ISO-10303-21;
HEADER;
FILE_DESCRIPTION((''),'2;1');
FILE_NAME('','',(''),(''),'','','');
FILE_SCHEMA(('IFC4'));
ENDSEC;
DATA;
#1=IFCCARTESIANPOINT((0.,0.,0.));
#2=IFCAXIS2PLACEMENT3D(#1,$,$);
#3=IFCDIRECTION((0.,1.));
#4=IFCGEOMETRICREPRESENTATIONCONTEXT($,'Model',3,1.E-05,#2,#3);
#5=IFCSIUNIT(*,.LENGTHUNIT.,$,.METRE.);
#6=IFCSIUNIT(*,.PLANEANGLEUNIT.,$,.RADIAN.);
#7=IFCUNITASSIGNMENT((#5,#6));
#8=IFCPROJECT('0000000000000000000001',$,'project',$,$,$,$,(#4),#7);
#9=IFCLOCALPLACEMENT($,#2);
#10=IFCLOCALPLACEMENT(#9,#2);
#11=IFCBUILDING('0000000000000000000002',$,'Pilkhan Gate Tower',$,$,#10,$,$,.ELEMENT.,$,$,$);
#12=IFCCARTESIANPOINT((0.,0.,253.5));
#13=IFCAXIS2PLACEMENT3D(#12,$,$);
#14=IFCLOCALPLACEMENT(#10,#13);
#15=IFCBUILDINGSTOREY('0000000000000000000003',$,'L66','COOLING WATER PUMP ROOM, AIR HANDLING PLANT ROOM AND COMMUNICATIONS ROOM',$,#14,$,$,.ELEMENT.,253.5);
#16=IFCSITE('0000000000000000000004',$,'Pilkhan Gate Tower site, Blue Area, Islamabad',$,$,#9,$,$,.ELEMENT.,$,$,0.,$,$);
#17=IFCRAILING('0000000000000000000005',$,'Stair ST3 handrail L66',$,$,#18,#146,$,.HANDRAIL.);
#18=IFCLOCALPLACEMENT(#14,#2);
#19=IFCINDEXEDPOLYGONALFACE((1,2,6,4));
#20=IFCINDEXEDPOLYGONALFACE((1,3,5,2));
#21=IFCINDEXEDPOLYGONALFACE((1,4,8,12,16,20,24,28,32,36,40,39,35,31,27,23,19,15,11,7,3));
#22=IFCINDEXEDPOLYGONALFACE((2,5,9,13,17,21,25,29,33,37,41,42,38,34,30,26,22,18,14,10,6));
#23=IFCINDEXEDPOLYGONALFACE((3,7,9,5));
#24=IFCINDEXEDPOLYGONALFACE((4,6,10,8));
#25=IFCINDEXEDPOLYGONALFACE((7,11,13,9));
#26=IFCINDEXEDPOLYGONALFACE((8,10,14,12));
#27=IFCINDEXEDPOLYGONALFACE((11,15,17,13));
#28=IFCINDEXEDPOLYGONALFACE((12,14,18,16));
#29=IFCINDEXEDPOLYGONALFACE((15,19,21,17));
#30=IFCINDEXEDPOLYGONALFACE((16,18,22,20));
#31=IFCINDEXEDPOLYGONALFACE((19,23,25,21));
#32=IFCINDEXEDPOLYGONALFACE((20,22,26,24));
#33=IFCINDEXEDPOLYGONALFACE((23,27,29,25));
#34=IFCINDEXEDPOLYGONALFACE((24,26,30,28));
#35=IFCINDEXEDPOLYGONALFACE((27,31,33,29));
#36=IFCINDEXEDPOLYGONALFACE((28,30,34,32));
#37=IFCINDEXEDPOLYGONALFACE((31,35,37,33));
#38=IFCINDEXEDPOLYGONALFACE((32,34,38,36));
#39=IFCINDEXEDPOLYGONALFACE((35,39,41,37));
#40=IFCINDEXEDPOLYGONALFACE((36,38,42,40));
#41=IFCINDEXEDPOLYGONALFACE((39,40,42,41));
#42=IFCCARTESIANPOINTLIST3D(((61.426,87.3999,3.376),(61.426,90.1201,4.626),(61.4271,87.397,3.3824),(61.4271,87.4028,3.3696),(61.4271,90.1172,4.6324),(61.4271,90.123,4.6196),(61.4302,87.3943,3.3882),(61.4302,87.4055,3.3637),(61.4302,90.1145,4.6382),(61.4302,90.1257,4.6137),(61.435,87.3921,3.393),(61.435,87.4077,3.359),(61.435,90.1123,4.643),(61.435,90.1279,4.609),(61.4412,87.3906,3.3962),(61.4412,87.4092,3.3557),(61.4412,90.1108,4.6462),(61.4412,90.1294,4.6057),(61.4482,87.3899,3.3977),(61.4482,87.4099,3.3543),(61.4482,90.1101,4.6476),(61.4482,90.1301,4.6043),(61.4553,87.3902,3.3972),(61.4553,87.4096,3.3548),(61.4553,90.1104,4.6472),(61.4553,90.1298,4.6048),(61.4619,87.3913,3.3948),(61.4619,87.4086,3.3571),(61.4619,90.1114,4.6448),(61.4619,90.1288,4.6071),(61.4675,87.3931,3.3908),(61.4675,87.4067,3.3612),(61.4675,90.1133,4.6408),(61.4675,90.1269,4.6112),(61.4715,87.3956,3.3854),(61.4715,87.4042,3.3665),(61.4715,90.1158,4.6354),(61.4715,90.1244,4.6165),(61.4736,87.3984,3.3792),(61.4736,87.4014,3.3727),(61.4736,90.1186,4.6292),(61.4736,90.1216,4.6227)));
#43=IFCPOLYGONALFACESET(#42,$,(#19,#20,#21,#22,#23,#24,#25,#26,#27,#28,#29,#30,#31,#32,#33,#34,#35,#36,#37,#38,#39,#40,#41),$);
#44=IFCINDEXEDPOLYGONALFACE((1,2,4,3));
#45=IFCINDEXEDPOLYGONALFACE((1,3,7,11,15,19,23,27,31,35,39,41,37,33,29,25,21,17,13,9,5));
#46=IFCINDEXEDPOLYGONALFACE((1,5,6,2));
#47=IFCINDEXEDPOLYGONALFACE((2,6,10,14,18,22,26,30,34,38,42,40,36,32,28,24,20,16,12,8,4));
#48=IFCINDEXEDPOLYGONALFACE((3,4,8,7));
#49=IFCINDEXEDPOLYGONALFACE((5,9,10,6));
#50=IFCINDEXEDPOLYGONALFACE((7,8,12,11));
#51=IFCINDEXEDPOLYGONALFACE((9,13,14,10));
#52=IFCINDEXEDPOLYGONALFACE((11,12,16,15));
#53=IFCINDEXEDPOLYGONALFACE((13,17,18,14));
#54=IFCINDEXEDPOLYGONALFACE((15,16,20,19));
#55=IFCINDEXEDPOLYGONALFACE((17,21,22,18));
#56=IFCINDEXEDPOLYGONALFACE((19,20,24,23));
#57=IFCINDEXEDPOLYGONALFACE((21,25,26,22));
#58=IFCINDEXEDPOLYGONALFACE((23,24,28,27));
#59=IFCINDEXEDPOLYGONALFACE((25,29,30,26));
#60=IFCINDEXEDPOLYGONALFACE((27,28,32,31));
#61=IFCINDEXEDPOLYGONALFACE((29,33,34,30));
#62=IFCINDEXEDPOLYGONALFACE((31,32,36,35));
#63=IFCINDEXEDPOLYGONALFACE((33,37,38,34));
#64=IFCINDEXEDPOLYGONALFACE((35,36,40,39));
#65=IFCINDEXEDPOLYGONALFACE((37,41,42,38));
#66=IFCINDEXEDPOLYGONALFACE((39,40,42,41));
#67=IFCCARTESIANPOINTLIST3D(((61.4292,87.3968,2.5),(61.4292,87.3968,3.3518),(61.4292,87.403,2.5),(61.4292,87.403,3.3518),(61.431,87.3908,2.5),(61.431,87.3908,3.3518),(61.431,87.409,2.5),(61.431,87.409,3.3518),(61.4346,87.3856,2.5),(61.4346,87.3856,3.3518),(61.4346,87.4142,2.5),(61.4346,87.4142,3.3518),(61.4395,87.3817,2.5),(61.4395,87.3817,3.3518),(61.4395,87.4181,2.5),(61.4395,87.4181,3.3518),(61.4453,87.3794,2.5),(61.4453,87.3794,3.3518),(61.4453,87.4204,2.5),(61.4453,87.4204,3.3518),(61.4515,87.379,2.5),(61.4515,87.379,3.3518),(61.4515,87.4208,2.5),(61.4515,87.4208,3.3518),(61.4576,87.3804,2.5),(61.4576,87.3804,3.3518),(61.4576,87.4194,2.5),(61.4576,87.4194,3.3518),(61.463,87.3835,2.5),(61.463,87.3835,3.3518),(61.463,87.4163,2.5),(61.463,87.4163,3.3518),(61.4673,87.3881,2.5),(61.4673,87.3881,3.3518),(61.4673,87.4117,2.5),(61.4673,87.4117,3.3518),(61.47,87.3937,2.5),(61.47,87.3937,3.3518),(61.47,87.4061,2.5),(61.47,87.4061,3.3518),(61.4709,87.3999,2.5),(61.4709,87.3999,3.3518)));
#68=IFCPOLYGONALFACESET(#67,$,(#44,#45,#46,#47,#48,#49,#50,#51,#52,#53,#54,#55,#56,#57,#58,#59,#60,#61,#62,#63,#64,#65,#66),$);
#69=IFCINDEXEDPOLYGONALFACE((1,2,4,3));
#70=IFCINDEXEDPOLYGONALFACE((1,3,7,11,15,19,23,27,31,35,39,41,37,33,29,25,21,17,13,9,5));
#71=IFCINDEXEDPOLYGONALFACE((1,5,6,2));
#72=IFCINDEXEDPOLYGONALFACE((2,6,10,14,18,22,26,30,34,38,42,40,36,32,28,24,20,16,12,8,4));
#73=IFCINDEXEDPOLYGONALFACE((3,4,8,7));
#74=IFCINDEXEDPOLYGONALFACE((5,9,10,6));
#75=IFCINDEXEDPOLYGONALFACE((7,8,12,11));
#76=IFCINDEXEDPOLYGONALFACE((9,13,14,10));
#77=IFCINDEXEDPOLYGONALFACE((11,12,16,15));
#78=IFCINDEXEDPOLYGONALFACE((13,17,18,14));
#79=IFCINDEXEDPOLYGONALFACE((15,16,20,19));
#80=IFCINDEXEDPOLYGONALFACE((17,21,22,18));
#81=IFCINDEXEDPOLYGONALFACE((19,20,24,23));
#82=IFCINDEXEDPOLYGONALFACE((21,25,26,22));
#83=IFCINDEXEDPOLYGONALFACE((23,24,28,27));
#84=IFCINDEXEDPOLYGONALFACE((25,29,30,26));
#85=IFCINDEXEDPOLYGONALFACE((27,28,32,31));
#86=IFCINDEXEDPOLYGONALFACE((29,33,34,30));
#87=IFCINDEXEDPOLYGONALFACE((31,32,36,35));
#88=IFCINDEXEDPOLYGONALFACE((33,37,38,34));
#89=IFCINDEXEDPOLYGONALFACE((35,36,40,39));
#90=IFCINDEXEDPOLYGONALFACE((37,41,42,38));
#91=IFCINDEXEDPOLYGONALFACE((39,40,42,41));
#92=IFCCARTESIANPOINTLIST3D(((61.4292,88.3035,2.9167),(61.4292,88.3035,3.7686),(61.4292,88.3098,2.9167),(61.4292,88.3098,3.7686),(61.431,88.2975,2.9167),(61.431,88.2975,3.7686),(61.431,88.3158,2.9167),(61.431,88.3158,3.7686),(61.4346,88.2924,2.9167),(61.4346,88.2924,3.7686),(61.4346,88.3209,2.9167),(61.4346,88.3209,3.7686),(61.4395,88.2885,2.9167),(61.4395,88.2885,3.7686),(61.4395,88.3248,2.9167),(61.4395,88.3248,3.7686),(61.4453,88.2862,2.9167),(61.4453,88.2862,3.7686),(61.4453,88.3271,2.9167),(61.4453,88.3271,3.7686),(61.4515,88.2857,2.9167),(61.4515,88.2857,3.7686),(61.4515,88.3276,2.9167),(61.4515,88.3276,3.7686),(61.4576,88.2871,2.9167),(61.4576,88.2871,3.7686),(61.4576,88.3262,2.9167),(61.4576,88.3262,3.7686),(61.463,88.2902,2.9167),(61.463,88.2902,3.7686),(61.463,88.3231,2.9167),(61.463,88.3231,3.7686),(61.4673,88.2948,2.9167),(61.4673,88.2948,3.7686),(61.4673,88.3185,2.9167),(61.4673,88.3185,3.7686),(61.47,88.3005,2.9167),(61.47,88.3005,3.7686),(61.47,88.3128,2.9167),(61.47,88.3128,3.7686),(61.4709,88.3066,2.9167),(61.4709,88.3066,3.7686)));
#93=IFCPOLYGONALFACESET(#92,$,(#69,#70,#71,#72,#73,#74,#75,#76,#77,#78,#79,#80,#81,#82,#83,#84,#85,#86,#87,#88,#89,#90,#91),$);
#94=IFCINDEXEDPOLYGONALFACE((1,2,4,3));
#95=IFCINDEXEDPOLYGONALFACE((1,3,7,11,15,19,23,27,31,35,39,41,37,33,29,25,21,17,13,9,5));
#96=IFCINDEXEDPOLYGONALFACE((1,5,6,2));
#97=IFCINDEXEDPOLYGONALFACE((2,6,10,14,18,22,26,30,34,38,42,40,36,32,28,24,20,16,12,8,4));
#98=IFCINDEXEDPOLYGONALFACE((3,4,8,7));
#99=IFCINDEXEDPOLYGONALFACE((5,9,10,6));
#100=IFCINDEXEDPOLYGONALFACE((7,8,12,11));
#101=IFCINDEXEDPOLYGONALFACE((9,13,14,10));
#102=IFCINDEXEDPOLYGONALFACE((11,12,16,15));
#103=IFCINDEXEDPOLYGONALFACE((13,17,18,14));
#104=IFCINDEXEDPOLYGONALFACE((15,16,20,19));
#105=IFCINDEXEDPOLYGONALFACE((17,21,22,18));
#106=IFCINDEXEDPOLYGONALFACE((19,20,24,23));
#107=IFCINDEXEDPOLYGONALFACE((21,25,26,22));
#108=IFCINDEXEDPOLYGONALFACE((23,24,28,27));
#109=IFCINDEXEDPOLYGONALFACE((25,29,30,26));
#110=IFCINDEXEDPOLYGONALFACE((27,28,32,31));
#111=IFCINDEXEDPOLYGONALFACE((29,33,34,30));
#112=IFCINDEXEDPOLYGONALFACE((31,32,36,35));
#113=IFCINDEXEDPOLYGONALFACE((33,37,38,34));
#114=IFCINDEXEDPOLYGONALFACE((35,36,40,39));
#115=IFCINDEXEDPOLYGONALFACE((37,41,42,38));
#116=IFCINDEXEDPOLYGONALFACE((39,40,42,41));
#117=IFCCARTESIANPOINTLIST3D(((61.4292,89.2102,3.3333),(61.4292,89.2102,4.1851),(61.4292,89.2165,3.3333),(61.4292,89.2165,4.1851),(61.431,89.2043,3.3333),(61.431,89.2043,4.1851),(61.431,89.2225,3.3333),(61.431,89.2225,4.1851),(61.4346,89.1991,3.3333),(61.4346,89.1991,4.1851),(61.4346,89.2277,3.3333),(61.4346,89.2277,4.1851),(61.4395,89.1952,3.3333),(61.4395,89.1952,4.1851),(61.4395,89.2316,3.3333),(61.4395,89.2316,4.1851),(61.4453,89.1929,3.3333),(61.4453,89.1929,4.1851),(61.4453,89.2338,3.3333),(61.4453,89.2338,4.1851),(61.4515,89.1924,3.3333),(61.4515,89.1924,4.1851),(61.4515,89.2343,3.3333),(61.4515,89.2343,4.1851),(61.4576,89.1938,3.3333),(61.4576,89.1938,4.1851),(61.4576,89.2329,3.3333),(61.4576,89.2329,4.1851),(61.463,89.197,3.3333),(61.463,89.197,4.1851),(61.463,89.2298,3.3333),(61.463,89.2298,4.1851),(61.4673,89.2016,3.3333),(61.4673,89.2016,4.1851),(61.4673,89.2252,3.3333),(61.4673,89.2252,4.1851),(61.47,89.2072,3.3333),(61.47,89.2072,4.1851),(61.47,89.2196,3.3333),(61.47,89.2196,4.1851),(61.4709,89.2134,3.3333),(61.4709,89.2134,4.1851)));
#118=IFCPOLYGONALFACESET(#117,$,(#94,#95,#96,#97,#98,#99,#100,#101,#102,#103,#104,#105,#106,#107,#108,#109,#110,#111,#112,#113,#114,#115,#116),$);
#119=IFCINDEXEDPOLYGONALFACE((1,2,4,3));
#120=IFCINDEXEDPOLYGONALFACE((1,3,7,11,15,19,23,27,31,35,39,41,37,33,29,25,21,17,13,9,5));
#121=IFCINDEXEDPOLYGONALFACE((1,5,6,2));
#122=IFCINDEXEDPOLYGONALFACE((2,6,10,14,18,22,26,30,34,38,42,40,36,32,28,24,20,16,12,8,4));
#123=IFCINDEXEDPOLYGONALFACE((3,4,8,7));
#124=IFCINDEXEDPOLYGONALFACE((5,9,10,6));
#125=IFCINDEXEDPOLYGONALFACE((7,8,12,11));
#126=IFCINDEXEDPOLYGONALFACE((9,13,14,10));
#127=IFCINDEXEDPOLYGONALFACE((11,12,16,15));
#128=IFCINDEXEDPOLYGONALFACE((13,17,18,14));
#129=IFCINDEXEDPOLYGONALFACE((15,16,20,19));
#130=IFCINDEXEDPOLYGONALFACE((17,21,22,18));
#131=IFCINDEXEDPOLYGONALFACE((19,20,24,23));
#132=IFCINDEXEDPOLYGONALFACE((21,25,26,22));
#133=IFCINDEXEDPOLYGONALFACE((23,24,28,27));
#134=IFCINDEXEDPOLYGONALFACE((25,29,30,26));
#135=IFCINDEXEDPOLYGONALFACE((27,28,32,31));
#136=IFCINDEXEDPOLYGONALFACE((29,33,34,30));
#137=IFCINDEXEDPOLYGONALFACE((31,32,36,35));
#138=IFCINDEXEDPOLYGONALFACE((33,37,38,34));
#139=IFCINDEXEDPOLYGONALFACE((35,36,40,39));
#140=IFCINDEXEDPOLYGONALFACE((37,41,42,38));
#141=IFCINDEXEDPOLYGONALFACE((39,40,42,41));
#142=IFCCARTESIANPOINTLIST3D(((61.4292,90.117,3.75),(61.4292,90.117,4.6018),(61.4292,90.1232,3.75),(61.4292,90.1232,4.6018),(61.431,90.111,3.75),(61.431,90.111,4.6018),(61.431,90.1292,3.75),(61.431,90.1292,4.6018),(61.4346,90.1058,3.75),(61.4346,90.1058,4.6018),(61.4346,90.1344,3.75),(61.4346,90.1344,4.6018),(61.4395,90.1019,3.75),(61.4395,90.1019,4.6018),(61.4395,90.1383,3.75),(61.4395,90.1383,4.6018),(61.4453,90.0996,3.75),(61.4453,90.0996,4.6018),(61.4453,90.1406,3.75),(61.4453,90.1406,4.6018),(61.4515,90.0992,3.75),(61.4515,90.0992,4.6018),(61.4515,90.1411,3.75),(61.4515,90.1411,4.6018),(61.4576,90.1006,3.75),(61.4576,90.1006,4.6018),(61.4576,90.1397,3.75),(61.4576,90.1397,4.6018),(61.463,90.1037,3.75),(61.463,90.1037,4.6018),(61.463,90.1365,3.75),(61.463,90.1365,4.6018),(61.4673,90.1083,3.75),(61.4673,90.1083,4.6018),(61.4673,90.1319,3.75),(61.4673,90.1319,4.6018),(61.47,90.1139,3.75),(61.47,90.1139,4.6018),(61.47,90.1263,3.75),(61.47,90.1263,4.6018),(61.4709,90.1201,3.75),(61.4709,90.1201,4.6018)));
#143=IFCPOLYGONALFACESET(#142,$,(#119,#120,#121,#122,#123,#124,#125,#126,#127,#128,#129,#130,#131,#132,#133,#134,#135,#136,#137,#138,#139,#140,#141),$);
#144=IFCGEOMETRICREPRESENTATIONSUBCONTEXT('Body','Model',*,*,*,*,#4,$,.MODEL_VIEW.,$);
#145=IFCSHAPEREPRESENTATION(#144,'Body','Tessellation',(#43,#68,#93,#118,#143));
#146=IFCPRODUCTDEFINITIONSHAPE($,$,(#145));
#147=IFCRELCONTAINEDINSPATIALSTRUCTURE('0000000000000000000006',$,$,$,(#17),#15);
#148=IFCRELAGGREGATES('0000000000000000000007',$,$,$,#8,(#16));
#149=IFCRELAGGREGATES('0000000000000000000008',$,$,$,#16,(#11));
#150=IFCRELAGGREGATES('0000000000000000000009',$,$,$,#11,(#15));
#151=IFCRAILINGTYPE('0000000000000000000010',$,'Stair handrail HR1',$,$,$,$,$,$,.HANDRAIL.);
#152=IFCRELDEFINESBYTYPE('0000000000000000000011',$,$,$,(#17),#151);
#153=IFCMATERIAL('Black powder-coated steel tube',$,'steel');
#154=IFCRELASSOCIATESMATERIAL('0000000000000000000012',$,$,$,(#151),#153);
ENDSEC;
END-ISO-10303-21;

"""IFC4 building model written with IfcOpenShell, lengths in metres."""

from ifc_helpers import new_model, si_unit, direction, frame, origin, origin_2d, place, context, subcontext, project, spatial, circle, extrude, material, type_object, element, save


model = new_model("IFC4")

# Units and contexts
model_context = context("Model", 3, precision=1e-05, world=origin(), true_north=direction((0.0, 1.0)))
body_context = subcontext(model_context, "Body", "Model", "MODEL_VIEW")
ifc_project = project(units=[si_unit("LENGTHUNIT", "METRE"), si_unit("PLANEANGLEUNIT", "RADIAN")], contexts=[model_context])

# Site, building, storey
site_placement = place(None, origin())
site = spatial("IfcSite", under=ifc_project, at=site_placement, Name="Pilkhan Gate Tower site, Blue Area, Islamabad", CompositionType="ELEMENT", RefElevation=0.0)
building_placement = place(site_placement, origin())
building = spatial("IfcBuilding", under=site, at=building_placement, Name="Pilkhan Gate Tower", CompositionType="ELEMENT")
storey_placement = place(building_placement, frame((0.0, 0.0, 253.5)))
storey = spatial("IfcBuildingStorey", under=building, at=storey_placement, Name="L66", Description="COOLING WATER PUMP ROOM, AIR HANDLING PLANT ROOM AND COMMUNICATIONS ROOM", CompositionType="ELEMENT", Elevation=253.5)

# Railing
ifc_material_1 = material(Name="Black powder-coated steel tube", Category="steel")
railing_type_1 = type_object("IfcRailingType", Name="Stair handrail HR1", PredefinedType="HANDRAIL", material=ifc_material_1)
railing_1_placement = place(storey_placement, frame((61.45, 87.3999, 2.5)))
element("IfcRailing", 1, at=railing_1_placement, inside=storey, type_object=railing_type_1, Name="Stair ST3 handrail L66", PredefinedType="HANDRAIL", context=body_context, shape_type="SweptSolid", body=[
    extrude(circle(Radius=0.0239, at=origin_2d()), frame((0.0, 0.0, 0.876), z_axis=(0.0, 0.908655, 0.417547), x_axis=(-1.0, 0.0, 0.0)), (0.0, 0.0, 1.0), 2.9937),
    extrude(circle(Radius=0.021, at=origin_2d()), origin(), (0.0, 0.0, 1.0), 0.8518),
    extrude(circle(Radius=0.021, at=origin_2d()), frame((0.0, 0.9067, 0.4167)), (0.0, 0.0, 1.0), 0.8518),
    extrude(circle(Radius=0.021, at=origin_2d()), frame((0.0, 1.8135, 0.8333)), (0.0, 0.0, 1.0), 0.8518),
    extrude(circle(Radius=0.021, at=origin_2d()), frame((0.0, 2.7202, 1.25)), (0.0, 0.0, 1.0), 0.8518),
])

save(model, "model.ifc")
